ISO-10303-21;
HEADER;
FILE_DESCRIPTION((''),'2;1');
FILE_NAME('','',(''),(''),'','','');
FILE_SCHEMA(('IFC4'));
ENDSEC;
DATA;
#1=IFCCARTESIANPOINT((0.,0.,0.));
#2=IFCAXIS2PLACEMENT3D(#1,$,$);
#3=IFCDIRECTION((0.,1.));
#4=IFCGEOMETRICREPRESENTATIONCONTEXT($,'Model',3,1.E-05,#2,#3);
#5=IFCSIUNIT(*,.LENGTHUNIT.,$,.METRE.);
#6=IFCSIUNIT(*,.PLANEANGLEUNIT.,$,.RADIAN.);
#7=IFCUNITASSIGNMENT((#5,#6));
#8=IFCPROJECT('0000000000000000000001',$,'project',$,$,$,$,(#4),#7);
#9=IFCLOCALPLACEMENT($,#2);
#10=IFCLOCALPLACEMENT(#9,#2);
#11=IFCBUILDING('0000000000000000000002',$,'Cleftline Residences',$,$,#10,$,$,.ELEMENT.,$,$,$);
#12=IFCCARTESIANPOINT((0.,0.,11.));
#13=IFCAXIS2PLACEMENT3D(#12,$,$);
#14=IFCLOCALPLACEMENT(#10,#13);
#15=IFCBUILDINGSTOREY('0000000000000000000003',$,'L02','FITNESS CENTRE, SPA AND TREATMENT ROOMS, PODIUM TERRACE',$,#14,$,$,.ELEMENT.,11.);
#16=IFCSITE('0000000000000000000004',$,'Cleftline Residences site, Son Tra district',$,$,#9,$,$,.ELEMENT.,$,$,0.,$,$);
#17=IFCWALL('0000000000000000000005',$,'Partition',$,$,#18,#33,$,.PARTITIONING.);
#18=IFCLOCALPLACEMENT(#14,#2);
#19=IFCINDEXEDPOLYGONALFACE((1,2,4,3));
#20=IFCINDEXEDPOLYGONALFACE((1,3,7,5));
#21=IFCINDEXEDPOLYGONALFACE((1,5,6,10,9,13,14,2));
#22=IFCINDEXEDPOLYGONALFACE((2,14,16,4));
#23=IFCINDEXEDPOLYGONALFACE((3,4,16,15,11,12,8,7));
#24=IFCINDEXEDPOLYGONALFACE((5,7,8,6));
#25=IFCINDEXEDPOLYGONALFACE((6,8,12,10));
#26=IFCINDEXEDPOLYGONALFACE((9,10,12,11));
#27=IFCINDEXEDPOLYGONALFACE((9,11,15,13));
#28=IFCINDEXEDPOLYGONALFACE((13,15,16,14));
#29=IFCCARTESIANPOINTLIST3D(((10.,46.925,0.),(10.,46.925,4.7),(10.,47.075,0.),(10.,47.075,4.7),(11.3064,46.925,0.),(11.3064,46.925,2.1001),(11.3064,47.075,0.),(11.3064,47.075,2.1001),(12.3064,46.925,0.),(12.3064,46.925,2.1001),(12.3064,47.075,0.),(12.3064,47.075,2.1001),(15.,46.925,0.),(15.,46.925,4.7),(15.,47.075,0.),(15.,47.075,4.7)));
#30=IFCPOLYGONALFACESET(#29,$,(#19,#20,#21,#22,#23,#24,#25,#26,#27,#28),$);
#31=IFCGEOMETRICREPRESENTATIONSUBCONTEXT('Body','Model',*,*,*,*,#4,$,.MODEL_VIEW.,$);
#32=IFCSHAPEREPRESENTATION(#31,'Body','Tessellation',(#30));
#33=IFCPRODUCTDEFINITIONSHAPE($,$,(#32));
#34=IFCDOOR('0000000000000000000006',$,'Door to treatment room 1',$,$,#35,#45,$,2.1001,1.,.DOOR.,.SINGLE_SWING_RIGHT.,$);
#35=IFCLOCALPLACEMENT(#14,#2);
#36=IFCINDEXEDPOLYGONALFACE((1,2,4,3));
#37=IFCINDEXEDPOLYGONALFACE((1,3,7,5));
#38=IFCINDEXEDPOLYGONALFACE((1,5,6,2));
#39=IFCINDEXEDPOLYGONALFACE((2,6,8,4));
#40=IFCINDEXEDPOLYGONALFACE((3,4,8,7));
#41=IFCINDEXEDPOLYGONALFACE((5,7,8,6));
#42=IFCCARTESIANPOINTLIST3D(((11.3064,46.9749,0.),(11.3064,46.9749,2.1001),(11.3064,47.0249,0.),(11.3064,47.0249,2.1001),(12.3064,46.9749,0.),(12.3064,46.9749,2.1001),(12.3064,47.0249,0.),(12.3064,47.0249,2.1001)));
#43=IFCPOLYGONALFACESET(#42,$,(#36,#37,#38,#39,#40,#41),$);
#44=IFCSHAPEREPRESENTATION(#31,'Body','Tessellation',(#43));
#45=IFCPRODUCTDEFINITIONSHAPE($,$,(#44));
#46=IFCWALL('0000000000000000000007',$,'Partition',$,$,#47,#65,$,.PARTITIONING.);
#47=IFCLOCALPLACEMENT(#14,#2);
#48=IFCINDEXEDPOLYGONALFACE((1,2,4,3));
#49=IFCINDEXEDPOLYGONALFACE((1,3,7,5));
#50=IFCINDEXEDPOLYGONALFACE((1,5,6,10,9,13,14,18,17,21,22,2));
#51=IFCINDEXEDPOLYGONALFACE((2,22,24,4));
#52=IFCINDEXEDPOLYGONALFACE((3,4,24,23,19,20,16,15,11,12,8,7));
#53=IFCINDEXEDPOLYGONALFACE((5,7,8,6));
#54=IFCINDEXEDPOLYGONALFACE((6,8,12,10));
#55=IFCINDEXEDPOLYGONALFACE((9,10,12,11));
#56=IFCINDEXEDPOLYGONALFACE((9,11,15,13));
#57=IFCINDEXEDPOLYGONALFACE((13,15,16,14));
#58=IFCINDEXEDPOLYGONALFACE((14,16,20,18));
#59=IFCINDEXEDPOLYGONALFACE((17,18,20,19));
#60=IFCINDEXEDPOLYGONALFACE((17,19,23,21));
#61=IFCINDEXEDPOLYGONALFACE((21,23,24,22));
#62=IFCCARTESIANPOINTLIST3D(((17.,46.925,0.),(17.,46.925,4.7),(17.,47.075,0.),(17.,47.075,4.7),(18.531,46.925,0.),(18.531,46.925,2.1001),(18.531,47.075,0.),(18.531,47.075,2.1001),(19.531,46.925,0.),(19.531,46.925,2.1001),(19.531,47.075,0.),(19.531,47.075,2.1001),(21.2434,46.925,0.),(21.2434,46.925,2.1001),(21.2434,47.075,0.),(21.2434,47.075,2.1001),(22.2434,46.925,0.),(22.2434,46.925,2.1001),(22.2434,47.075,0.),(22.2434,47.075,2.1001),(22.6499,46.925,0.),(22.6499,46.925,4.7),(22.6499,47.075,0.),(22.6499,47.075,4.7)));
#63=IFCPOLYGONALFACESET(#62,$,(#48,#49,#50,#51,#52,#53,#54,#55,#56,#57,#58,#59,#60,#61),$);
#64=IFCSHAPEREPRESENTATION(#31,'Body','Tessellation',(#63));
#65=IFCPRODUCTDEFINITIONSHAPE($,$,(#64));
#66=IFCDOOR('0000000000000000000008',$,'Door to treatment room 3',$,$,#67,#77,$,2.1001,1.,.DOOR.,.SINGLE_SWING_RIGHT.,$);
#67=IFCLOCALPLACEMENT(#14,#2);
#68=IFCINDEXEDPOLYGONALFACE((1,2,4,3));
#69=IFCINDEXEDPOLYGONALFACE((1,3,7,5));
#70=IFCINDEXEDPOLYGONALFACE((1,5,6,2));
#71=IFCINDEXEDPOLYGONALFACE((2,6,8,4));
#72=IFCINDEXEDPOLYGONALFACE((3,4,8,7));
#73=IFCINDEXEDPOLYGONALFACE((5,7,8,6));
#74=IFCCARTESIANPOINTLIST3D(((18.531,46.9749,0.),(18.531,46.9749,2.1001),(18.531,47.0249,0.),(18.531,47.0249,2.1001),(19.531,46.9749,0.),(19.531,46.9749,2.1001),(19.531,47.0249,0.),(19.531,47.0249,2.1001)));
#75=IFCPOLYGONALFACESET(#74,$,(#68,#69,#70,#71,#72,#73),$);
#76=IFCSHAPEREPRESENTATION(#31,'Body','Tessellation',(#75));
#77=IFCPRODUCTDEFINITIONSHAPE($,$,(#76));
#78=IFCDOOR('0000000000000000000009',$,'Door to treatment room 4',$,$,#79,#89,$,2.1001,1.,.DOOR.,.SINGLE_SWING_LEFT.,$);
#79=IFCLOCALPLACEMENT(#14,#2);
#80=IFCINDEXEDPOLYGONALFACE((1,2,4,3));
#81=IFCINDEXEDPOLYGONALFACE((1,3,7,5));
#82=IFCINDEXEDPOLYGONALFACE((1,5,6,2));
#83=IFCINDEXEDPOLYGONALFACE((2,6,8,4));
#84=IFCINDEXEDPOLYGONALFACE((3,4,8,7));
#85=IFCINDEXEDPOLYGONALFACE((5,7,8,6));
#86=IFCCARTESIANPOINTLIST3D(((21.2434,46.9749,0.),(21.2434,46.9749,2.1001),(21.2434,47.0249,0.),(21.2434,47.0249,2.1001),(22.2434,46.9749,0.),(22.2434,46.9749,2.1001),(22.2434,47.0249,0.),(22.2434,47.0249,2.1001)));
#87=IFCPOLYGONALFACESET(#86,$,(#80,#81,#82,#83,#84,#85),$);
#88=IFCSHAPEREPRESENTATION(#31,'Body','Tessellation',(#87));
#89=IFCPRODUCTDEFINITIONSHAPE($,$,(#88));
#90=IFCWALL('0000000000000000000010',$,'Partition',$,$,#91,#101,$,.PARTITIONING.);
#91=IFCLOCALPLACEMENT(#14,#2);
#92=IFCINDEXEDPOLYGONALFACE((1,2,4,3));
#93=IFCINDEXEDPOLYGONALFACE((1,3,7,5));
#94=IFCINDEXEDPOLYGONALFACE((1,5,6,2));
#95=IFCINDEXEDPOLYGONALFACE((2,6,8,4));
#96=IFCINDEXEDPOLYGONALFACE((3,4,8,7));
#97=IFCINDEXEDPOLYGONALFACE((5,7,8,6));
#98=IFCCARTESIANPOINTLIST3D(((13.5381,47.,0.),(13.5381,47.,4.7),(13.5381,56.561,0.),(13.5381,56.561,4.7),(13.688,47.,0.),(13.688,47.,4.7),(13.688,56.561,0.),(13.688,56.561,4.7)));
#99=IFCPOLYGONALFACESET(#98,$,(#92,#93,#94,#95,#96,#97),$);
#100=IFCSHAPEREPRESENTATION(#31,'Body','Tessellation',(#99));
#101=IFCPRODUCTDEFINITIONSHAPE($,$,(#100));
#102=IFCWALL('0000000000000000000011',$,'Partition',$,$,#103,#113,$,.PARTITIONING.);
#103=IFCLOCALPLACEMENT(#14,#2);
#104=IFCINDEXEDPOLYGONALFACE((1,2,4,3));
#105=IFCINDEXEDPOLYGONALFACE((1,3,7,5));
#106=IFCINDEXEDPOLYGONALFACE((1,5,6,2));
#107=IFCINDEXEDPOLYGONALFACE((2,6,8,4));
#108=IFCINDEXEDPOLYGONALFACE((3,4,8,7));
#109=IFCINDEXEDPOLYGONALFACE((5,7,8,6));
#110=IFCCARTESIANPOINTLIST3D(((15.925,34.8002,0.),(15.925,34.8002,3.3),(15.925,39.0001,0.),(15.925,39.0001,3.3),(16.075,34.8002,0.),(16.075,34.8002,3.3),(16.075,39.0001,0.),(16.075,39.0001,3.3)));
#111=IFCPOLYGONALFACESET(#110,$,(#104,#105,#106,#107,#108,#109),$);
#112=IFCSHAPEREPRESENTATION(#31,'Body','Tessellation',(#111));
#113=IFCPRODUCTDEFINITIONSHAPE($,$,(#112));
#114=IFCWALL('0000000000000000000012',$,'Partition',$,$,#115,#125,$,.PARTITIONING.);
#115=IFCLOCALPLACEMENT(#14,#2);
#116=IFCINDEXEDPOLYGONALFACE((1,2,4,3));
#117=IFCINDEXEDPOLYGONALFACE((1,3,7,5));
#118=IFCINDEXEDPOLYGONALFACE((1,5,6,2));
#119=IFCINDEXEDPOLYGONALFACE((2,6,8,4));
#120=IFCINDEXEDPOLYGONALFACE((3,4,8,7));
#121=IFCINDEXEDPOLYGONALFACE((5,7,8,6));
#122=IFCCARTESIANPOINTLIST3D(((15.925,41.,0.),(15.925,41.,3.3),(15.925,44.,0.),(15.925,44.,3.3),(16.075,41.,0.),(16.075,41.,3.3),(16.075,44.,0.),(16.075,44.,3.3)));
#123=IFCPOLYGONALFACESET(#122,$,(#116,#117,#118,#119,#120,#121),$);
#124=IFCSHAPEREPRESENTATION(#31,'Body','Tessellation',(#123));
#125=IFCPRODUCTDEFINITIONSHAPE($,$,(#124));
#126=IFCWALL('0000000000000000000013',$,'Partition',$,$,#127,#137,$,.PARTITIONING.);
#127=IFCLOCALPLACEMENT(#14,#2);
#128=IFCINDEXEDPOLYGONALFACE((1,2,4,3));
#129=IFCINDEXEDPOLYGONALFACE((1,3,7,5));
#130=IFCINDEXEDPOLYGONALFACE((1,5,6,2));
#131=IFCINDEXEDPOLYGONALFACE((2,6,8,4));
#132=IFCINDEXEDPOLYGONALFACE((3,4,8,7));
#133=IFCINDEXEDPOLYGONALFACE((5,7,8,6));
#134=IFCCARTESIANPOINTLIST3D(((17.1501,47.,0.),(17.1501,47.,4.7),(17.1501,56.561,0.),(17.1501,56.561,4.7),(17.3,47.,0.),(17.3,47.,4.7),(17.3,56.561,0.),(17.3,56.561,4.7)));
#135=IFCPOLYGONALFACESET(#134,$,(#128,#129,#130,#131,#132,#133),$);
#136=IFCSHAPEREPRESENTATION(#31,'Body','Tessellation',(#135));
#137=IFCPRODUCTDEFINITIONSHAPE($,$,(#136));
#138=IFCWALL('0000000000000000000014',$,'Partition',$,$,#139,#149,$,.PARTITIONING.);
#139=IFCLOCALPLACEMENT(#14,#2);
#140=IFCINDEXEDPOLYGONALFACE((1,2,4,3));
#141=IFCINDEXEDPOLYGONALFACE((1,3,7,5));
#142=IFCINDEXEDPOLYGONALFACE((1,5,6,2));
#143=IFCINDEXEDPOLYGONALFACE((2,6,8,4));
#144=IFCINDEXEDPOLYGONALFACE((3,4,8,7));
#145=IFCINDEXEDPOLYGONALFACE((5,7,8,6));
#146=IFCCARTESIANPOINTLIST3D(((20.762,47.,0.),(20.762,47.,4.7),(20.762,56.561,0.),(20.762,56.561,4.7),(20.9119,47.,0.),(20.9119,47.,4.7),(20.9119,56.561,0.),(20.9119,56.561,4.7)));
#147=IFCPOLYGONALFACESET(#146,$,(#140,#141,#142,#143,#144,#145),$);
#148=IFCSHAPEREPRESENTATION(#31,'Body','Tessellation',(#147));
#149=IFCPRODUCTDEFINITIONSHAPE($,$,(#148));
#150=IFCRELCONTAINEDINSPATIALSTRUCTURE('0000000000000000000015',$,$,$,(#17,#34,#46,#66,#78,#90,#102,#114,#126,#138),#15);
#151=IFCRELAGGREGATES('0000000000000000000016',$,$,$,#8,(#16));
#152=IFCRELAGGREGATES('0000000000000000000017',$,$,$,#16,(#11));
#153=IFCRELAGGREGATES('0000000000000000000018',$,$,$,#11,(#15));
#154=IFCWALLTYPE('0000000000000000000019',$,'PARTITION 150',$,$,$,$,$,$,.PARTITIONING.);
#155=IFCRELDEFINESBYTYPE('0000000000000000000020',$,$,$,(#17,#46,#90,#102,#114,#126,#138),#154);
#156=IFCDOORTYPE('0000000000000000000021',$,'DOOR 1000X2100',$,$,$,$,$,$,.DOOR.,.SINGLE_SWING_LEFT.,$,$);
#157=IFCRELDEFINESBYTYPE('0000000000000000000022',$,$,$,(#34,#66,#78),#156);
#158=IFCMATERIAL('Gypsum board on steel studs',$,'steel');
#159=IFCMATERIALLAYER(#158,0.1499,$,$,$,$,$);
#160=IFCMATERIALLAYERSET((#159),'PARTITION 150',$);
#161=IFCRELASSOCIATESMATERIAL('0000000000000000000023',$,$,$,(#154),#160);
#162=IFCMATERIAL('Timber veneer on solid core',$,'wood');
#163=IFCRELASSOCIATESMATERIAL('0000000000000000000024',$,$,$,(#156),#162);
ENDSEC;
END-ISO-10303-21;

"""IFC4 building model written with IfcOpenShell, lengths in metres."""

from ifc_helpers import new_model, si_unit, direction, frame, frame_2d, origin, place, context, subcontext, project, spatial, rectangle, extrude, material, layer, layer_set, type_object, element, fill, save


model = new_model("IFC4")

# Units and contexts
model_context = context("Model", 3, precision=1e-05, world=origin(), true_north=direction((0.0, 1.0)))
body_context = subcontext(model_context, "Body", "Model", "MODEL_VIEW")
ifc_project = project(units=[si_unit("LENGTHUNIT", "METRE"), si_unit("PLANEANGLEUNIT", "RADIAN")], contexts=[model_context])

# Site, building, storey
site_placement = place(None, origin())
site = spatial("IfcSite", under=ifc_project, at=site_placement, Name="Cleftline Residences site, Son Tra district", CompositionType="ELEMENT", RefElevation=0.0)
building_placement = place(site_placement, origin())
building = spatial("IfcBuilding", under=site, at=building_placement, Name="Cleftline Residences", CompositionType="ELEMENT")
storey_placement = place(building_placement, frame((0.0, 0.0, 11.0)))
storey = spatial("IfcBuildingStorey", under=building, at=storey_placement, Name="L02", Description="FITNESS CENTRE, SPA AND TREATMENT ROOMS, PODIUM TERRACE", CompositionType="ELEMENT", Elevation=11.0)

# Wall, opening, door
ifc_material_1 = material(Name="Gypsum board on steel studs", Category="steel")
ifc_layer_1 = layer(ifc_material_1, 0.1499)
ifc_layer_set_1 = layer_set([ifc_layer_1], Name="PARTITION 150")
wall_type_1 = type_object("IfcWallType", Name="PARTITION 150", PredefinedType="PARTITIONING", material=ifc_layer_set_1)
wall_1_placement = place(storey_placement, frame((10.0, 47.0, 0.0), z_axis=(0.0, 0.0, 1.0), x_axis=(1.0, 0.0, 0.0)))
wall_1 = element("IfcWall", 1, at=wall_1_placement, inside=storey, type_object=wall_type_1, Name="Partition", PredefinedType="PARTITIONING", context=body_context, shape_type="SweptSolid", body=[
    extrude(rectangle(XDim=5.0, YDim=0.1499, at=frame_2d((2.5, 0.0))), origin(), (0.0, 0.0, 1.0), 4.7),
])
opening_1_placement = place(wall_1_placement, frame((1.3064, 0.0, 0.0)))
opening_1 = element("IfcOpeningElement", 2, at=opening_1_placement, cuts=wall_1, PredefinedType="OPENING", context=body_context, shape_type="SweptSolid", body=[
    extrude(rectangle(XDim=1.0, YDim=2.1001, at=frame_2d((0.5, 1.05))), frame((0.0, 0.085, 0.0), z_axis=(0.0, -1.0, 0.0), x_axis=(1.0, 0.0, 0.0)), (0.0, 0.0, 1.0), 0.1699),
])
ifc_material_2 = material(Name="Timber veneer on solid core", Category="wood")
door_type_1 = type_object("IfcDoorType", Name="DOOR 1000X2100", OperationType="SINGLE_SWING_LEFT", PredefinedType="DOOR", material=ifc_material_2)
door_1_placement = place(opening_1_placement, origin())
door_1 = element("IfcDoor", 3, at=door_1_placement, inside=storey, type_object=door_type_1, Name="Door to treatment room 1", OperationType="SINGLE_SWING_RIGHT", OverallHeight=2.1001, OverallWidth=1.0, PredefinedType="DOOR", context=body_context, shape_type="SweptSolid", body=[
    extrude(rectangle(XDim=1.0, YDim=2.1001, at=frame_2d((0.5, 1.05))), frame((0.0, 0.0249, 0.0), z_axis=(0.0, -1.0, 0.0), x_axis=(1.0, 0.0, 0.0)), (0.0, 0.0, 1.0), 0.05),
])
fill(opening_1, door_1)

# Wall, openings, doors
wall_2_placement = place(storey_placement, frame((17.0, 47.0, 0.0), z_axis=(0.0, 0.0, 1.0), x_axis=(1.0, 0.0, 0.0)))
wall_2 = element("IfcWall", 4, at=wall_2_placement, inside=storey, type_object=wall_type_1, Name="Partition", PredefinedType="PARTITIONING", context=body_context, shape_type="SweptSolid", body=[
    extrude(rectangle(XDim=5.6499, YDim=0.1499, at=frame_2d((2.825, 0.0))), origin(), (0.0, 0.0, 1.0), 4.7),
])
opening_2_placement = place(wall_2_placement, frame((1.531, 0.0, 0.0)))
opening_2 = element("IfcOpeningElement", 5, at=opening_2_placement, cuts=wall_2, PredefinedType="OPENING", context=body_context, shape_type="SweptSolid", body=[
    extrude(rectangle(XDim=1.0, YDim=2.1001, at=frame_2d((0.5, 1.05))), frame((0.0, 0.085, 0.0), z_axis=(0.0, -1.0, 0.0), x_axis=(1.0, 0.0, 0.0)), (0.0, 0.0, 1.0), 0.1699),
])
opening_3_placement = place(wall_2_placement, frame((4.2434, 0.0, 0.0)))
opening_3 = element("IfcOpeningElement", 6, at=opening_3_placement, cuts=wall_2, PredefinedType="OPENING", context=body_context, shape_type="SweptSolid", body=[
    extrude(rectangle(XDim=1.0, YDim=2.1001, at=frame_2d((0.5, 1.05))), frame((0.0, 0.085, 0.0), z_axis=(0.0, -1.0, 0.0), x_axis=(1.0, 0.0, 0.0)), (0.0, 0.0, 1.0), 0.1699),
])
door_2_placement = place(opening_2_placement, origin())
door_2 = element("IfcDoor", 7, at=door_2_placement, inside=storey, type_object=door_type_1, Name="Door to treatment room 3", OperationType="SINGLE_SWING_RIGHT", OverallHeight=2.1001, OverallWidth=1.0, PredefinedType="DOOR", context=body_context, shape_type="SweptSolid", body=[
    extrude(rectangle(XDim=1.0, YDim=2.1001, at=frame_2d((0.5, 1.05))), frame((0.0, 0.0249, 0.0), z_axis=(0.0, -1.0, 0.0), x_axis=(1.0, 0.0, 0.0)), (0.0, 0.0, 1.0), 0.05),
])
fill(opening_2, door_2)
door_3_placement = place(opening_3_placement, origin())
door_3 = element("IfcDoor", 8, at=door_3_placement, inside=storey, type_object=door_type_1, Name="Door to treatment room 4", OperationType="SINGLE_SWING_LEFT", OverallHeight=2.1001, OverallWidth=1.0, PredefinedType="DOOR", context=body_context, shape_type="SweptSolid", body=[
    extrude(rectangle(XDim=1.0, YDim=2.1001, at=frame_2d((0.5, 1.05))), frame((0.0, 0.0249, 0.0), z_axis=(0.0, -1.0, 0.0), x_axis=(1.0, 0.0, 0.0)), (0.0, 0.0, 1.0), 0.05),
])
fill(opening_3, door_3)

# Walls
wall_3_placement = place(storey_placement, frame((13.613, 47.0, 0.0), z_axis=(0.0, 0.0, 1.0), x_axis=(0.0, 1.0, 0.0)))
element("IfcWall", 9, at=wall_3_placement, inside=storey, type_object=wall_type_1, Name="Partition", PredefinedType="PARTITIONING", context=body_context, shape_type="SweptSolid", body=[
    extrude(rectangle(XDim=9.561, YDim=0.1499, at=frame_2d((4.7805, 0.0))), origin(), (0.0, 0.0, 1.0), 4.7),
])
wall_4_placement = place(storey_placement, frame((16.0, 34.8, 0.0), z_axis=(0.0, 0.0, 1.0), x_axis=(0.0, 1.0, 0.0)))
element("IfcWall", 10, at=wall_4_placement, inside=storey, type_object=wall_type_1, Name="Partition", PredefinedType="PARTITIONING", context=body_context, shape_type="SweptSolid", body=[
    extrude(rectangle(XDim=4.2, YDim=0.1499, at=frame_2d((2.1001, 0.0))), origin(), (0.0, 0.0, 1.0), 3.3),
])
wall_5_placement = place(storey_placement, frame((16.0, 41.0, 0.0), z_axis=(0.0, 0.0, 1.0), x_axis=(0.0, 1.0, 0.0)))
element("IfcWall", 11, at=wall_5_placement, inside=storey, type_object=wall_type_1, Name="Partition", PredefinedType="PARTITIONING", context=body_context, shape_type="SweptSolid", body=[
    extrude(rectangle(XDim=3.0, YDim=0.1499, at=frame_2d((1.5, 0.0))), origin(), (0.0, 0.0, 1.0), 3.3),
])
for number, where, z_axis, x_axis, name in (
    (12, (17.2251, 47.0, 0.0), (0.0, 0.0, 1.0), (0.0, 1.0, 0.0), "Partition"),
    (13, (20.8369, 47.0, 0.0), (0.0, 0.0, 1.0), (0.0, 1.0, 0.0), "Partition"),
):
    element("IfcWall", number, at=place(storey_placement, frame(where, z_axis=z_axis, x_axis=x_axis)), inside=storey, type_object=wall_type_1, Name=name, PredefinedType="PARTITIONING", context=body_context, shape_type="SweptSolid", body=[
        extrude(rectangle(XDim=9.561, YDim=0.1499, at=frame_2d((4.7805, 0.0))), origin(), (0.0, 0.0, 1.0), 4.7),
    ])

save(model, "model.ifc")
